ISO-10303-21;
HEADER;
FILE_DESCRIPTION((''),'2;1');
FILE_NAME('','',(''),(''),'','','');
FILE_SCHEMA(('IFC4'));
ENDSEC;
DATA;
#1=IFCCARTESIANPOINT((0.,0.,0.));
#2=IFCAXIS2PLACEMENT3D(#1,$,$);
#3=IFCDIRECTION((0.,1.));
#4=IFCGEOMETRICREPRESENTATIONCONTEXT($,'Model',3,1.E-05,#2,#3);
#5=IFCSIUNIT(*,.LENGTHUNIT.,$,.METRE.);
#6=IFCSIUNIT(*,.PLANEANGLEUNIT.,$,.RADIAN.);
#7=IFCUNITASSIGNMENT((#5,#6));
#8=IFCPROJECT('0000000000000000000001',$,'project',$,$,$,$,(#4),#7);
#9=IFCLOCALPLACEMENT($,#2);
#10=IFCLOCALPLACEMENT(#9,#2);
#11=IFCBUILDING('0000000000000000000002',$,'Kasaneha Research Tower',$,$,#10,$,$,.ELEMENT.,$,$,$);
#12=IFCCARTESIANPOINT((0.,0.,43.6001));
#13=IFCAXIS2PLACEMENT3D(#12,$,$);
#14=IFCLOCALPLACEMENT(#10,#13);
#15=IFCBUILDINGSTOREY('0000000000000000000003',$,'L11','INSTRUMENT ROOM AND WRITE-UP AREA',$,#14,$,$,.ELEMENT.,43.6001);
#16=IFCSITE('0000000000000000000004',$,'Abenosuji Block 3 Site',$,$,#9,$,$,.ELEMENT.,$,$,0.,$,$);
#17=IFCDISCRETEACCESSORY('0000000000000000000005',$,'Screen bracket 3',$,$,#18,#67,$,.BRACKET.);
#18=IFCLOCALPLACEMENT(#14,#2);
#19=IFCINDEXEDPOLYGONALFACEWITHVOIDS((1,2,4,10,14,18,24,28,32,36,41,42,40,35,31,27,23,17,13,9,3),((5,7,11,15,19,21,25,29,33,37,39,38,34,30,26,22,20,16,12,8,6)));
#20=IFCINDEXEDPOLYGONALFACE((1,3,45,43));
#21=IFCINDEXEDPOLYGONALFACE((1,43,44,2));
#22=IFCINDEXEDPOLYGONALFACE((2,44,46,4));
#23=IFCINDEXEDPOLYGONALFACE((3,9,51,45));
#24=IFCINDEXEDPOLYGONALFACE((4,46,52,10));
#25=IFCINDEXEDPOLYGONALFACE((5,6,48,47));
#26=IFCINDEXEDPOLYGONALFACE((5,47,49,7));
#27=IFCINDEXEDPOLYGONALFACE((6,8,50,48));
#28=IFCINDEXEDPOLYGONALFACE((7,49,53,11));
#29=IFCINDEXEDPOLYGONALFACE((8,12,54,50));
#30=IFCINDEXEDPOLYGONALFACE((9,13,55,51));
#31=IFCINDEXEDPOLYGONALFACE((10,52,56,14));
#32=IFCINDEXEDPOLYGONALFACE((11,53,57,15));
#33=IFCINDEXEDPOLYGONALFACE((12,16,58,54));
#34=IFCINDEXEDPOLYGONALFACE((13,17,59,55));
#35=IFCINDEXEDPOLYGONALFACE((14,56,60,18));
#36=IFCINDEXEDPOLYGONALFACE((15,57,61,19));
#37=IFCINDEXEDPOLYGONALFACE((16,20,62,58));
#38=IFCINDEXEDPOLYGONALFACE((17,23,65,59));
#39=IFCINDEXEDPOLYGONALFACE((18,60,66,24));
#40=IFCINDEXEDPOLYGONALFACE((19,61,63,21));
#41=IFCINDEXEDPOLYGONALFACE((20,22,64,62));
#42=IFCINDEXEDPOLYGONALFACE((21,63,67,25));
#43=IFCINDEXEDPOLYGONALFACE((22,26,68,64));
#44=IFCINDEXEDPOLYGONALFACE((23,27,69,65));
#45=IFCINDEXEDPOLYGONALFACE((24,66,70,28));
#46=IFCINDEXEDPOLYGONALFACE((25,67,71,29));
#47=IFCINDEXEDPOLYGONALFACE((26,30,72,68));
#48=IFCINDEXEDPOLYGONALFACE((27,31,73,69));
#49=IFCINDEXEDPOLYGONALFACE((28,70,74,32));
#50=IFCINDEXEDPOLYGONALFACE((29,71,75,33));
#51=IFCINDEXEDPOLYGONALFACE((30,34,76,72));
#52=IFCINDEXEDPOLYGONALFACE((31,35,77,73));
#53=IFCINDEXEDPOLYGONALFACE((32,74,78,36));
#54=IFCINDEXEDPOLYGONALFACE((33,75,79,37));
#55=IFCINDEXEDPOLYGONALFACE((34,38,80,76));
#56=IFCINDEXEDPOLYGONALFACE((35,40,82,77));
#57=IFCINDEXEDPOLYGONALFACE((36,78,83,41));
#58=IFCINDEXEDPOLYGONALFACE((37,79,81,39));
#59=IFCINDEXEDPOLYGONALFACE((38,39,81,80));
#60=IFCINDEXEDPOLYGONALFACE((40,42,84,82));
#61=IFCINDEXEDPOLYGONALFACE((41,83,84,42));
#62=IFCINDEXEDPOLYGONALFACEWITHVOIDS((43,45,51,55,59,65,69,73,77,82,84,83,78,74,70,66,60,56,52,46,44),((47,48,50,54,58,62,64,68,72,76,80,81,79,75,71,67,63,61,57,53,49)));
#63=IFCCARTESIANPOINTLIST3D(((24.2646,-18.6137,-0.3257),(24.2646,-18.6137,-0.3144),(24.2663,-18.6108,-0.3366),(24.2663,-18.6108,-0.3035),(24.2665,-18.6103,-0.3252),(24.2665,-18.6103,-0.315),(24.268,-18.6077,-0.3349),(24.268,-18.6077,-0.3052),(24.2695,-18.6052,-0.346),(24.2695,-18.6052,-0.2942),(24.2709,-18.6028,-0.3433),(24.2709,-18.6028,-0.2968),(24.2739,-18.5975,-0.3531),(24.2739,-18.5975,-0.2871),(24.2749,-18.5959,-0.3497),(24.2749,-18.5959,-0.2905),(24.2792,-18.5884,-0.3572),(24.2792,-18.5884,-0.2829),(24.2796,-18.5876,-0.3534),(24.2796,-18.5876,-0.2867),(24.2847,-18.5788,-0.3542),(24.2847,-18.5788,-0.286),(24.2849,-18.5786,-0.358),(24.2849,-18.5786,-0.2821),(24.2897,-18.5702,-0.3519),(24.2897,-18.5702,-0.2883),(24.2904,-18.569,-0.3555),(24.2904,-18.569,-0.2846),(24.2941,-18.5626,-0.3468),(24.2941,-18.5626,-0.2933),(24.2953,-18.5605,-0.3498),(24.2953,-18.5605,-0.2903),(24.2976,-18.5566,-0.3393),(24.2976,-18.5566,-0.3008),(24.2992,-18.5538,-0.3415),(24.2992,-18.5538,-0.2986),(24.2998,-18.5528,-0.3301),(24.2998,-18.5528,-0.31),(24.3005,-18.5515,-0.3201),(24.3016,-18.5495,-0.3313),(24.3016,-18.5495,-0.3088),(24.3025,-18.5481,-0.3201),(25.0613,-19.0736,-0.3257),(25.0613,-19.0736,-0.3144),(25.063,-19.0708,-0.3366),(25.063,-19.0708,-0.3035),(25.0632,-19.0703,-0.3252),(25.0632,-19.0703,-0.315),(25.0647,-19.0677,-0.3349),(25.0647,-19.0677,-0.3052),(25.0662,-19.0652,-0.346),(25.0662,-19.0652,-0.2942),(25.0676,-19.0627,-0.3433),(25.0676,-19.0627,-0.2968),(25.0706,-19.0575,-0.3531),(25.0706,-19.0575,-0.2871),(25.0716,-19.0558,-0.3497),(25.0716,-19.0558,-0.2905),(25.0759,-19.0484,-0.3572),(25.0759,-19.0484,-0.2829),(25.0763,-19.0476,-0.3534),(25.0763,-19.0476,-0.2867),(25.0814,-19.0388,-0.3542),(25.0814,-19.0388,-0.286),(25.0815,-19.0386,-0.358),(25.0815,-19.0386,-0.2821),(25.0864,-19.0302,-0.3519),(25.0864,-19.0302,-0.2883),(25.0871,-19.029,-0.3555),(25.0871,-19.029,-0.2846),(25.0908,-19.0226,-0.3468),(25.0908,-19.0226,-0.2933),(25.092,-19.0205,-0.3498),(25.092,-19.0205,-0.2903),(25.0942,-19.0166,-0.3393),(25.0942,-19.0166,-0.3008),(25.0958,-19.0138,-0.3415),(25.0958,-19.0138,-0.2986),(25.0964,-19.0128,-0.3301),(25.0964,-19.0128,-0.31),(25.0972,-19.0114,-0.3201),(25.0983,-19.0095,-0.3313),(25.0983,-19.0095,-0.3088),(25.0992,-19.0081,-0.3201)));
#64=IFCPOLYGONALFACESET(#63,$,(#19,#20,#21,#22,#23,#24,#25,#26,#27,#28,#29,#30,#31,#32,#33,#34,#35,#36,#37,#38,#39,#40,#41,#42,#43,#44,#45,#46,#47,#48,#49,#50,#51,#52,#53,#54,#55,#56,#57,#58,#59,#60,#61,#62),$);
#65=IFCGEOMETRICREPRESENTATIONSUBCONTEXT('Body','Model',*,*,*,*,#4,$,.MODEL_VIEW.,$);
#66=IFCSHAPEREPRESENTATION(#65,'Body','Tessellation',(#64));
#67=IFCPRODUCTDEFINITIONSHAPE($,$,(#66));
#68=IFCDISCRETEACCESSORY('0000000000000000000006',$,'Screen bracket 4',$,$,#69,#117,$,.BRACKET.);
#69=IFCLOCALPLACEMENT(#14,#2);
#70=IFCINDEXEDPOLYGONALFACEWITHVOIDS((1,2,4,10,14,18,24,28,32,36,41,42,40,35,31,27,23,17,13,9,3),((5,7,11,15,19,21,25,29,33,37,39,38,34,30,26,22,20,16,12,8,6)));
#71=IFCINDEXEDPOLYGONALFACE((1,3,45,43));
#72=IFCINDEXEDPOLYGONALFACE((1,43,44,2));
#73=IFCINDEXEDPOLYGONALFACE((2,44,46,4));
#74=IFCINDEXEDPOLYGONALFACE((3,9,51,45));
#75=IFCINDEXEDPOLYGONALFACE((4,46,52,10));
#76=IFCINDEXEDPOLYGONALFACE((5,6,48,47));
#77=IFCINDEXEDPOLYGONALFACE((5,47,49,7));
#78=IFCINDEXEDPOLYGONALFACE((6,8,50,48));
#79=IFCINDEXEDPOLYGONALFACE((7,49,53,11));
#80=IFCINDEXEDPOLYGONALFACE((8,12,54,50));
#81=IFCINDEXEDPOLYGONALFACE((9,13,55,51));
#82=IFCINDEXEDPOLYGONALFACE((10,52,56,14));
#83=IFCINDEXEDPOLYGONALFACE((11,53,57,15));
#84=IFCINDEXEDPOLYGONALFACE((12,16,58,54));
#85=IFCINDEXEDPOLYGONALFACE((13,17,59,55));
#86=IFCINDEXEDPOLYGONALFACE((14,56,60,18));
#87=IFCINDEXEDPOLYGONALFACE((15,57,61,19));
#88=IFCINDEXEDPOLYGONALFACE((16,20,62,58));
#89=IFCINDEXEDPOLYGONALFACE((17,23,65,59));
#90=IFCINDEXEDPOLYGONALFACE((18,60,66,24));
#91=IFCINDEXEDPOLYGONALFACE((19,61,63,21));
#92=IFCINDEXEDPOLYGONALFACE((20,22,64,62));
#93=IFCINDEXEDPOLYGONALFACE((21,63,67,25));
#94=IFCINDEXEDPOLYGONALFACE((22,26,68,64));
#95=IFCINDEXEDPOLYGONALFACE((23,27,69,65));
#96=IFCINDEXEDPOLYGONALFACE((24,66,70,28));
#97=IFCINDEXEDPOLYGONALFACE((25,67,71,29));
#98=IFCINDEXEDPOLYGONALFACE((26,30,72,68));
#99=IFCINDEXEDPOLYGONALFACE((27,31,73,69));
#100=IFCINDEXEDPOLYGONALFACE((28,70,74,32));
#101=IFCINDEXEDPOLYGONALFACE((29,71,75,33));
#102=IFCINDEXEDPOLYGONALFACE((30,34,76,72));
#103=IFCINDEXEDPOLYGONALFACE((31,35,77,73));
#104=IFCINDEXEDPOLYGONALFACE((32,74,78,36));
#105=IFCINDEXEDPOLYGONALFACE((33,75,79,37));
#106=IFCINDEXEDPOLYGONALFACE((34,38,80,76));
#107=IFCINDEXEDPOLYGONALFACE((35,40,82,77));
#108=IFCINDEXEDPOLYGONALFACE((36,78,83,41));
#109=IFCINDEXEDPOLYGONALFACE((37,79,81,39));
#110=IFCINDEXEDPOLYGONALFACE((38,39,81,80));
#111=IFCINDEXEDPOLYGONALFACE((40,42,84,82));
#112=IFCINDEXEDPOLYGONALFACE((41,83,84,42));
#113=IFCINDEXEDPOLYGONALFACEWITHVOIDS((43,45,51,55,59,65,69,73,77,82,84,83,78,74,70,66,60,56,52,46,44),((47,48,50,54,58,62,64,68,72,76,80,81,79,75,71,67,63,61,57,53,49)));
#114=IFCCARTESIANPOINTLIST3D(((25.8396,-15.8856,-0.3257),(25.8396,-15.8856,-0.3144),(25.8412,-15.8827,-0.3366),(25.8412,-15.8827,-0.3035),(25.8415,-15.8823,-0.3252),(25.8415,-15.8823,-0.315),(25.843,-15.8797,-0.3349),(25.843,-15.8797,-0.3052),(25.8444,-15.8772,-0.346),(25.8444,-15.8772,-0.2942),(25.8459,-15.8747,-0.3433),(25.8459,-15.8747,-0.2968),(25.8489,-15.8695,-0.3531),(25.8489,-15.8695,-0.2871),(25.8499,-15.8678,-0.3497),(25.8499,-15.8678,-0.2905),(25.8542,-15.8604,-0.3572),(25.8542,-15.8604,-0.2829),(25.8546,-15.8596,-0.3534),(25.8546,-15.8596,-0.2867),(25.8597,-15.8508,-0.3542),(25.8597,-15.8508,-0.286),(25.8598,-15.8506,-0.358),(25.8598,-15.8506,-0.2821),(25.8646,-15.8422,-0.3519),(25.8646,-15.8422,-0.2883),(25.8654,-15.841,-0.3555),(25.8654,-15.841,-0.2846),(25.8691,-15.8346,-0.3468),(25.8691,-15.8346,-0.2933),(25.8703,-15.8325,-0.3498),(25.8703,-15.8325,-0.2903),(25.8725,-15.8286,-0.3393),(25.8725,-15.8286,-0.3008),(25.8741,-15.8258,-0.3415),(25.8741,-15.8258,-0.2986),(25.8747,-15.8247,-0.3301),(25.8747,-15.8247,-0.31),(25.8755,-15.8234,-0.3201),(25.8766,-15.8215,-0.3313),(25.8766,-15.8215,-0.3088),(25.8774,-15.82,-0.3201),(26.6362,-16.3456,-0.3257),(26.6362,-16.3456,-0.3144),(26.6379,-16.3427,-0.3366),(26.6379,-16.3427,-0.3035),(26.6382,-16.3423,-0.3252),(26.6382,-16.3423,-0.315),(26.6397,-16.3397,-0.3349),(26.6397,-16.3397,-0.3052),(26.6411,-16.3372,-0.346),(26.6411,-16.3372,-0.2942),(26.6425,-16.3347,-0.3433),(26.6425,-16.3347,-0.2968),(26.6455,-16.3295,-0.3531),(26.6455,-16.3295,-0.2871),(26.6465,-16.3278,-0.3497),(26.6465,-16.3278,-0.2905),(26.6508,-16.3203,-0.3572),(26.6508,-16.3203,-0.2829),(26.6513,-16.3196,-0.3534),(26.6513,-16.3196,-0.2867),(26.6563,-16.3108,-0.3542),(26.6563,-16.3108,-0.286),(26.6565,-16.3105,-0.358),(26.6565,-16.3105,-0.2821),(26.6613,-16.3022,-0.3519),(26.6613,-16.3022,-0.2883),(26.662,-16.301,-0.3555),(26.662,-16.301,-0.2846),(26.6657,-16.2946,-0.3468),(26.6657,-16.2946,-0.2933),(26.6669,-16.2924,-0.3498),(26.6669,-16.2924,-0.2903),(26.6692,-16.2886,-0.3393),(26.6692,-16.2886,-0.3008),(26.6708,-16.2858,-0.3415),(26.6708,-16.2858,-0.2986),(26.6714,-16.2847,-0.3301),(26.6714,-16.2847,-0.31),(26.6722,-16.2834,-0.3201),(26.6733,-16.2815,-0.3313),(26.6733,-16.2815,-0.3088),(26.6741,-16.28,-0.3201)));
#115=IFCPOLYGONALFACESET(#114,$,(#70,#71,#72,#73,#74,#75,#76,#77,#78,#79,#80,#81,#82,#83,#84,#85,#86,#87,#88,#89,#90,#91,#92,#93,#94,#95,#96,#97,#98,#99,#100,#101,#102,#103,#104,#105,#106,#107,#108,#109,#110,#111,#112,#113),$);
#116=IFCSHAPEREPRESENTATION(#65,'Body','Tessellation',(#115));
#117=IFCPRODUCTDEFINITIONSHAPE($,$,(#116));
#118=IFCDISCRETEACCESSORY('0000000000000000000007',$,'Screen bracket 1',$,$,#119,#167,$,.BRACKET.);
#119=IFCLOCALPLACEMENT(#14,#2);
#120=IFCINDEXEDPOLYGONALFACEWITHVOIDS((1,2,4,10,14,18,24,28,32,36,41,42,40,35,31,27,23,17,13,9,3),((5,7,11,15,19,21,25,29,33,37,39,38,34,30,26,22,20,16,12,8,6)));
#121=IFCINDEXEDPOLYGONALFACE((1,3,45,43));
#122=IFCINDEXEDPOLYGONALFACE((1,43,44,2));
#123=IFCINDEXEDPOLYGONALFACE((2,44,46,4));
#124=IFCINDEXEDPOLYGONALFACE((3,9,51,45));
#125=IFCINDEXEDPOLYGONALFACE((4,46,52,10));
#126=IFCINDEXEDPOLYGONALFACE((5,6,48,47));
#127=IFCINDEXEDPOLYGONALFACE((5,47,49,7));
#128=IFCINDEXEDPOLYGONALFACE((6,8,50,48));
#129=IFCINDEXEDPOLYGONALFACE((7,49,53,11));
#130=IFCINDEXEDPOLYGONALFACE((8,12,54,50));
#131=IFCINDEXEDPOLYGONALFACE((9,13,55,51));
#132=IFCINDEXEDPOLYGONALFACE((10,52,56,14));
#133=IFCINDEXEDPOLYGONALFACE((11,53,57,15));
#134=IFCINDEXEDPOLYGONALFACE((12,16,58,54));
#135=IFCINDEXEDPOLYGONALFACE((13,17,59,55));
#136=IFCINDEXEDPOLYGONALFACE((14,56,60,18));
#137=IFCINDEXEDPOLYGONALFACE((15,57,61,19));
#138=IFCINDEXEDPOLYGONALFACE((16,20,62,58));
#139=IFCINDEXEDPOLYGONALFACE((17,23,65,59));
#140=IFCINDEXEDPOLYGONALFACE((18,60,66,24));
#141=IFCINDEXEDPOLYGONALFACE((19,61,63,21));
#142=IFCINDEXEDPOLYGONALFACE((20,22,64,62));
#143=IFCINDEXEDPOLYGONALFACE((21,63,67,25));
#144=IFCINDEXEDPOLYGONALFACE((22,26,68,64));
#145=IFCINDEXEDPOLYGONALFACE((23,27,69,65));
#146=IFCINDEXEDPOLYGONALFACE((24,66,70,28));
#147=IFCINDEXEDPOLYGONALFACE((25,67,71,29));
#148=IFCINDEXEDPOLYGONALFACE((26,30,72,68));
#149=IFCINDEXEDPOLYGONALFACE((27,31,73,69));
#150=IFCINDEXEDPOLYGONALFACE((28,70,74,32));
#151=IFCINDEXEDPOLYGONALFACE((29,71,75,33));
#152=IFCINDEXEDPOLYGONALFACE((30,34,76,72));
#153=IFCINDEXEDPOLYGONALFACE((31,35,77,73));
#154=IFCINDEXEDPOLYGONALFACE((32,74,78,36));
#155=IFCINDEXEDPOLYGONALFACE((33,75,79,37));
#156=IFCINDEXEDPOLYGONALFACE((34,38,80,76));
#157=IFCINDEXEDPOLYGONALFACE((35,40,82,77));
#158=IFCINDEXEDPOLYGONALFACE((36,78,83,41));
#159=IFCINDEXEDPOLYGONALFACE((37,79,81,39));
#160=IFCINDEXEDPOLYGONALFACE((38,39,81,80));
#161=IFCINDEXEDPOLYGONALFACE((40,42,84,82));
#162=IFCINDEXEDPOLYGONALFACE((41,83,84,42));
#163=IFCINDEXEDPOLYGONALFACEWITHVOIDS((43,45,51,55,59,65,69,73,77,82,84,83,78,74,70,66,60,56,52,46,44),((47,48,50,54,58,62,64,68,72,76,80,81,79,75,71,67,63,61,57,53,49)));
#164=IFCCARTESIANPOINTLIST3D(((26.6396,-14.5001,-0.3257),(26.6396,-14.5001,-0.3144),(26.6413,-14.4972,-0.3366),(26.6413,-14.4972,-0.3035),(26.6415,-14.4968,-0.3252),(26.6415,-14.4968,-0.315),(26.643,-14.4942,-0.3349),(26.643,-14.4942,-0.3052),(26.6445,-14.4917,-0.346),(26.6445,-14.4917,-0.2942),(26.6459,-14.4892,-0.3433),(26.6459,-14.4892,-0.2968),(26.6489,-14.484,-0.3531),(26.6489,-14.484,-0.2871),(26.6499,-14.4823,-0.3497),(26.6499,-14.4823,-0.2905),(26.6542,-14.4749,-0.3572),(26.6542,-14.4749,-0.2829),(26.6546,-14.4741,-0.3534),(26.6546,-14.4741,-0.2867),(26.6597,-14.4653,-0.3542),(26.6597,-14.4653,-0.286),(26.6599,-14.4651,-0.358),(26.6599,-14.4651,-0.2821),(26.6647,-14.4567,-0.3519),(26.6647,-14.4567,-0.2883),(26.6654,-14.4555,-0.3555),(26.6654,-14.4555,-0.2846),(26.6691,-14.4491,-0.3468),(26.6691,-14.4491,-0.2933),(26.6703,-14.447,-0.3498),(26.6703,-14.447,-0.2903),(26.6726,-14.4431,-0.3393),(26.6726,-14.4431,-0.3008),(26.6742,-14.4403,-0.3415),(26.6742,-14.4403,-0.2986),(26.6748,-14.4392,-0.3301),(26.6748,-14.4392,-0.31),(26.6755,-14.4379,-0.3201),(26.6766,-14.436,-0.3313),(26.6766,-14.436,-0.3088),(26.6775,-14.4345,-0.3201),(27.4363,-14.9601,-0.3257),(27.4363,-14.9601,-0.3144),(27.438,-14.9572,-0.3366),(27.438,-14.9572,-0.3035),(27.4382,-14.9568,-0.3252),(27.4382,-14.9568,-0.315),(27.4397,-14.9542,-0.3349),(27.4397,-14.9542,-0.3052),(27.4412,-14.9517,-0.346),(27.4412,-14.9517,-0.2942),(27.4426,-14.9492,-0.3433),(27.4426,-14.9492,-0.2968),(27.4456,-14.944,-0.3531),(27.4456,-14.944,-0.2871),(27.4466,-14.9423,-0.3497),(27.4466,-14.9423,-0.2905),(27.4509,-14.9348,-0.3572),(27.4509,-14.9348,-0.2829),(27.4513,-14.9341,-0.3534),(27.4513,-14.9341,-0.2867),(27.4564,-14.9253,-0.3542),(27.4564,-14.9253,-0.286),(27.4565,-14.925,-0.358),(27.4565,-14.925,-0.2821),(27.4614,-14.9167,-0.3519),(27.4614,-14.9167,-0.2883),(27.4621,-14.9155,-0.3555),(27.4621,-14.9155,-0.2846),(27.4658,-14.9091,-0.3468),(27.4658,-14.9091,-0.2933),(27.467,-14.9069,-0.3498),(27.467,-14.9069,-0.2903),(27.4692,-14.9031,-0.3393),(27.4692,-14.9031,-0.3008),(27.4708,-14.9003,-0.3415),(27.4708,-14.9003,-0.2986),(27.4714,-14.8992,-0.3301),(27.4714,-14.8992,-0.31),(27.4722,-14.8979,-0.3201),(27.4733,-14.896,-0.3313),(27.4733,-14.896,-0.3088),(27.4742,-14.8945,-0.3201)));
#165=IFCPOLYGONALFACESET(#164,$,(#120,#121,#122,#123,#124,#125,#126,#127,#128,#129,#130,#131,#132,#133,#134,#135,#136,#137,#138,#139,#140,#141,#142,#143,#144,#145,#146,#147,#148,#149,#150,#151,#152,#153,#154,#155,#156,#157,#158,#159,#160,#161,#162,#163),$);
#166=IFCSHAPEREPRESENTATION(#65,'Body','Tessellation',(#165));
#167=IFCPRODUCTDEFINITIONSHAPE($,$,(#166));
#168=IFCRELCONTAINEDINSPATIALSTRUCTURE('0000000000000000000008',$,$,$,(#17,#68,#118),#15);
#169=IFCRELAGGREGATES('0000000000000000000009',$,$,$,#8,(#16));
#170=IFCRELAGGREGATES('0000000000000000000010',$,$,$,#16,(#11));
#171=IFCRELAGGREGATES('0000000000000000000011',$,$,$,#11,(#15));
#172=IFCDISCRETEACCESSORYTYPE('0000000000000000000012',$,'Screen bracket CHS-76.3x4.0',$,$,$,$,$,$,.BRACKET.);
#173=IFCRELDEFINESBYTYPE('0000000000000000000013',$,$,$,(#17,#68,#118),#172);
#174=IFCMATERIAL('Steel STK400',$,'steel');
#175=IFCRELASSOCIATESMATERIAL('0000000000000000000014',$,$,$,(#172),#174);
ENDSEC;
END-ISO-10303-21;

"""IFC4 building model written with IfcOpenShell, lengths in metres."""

from ifc_helpers import new_model, si_unit, direction, frame, origin, origin_2d, place, context, subcontext, project, spatial, hollow_circle, extrude, material, material_profile, profile_set, type_object, element, save


model = new_model("IFC4")

# Units and contexts
model_context = context("Model", 3, precision=1e-05, world=origin(), true_north=direction((0.0, 1.0)))
body_context = subcontext(model_context, "Body", "Model", "MODEL_VIEW")
ifc_project = project(units=[si_unit("LENGTHUNIT", "METRE"), si_unit("PLANEANGLEUNIT", "RADIAN")], contexts=[model_context])

# Site, building, storey
site_placement = place(None, origin())
site = spatial("IfcSite", under=ifc_project, at=site_placement, Name="Abenosuji Block 3 Site", CompositionType="ELEMENT", RefElevation=0.0)
building_placement = place(site_placement, origin())
building = spatial("IfcBuilding", under=site, at=building_placement, Name="Kasaneha Research Tower", CompositionType="ELEMENT")
storey_placement = place(building_placement, frame((0.0, 0.0, 43.6001)))
storey = spatial("IfcBuildingStorey", under=building, at=storey_placement, Name="L11", Description="INSTRUMENT ROOM AND WRITE-UP AREA", CompositionType="ELEMENT", Elevation=43.6001)

# Discrete accessories
ifc_material_1 = material(Name="Steel STK400", Category="steel")
ifc_material_profile_1 = material_profile(ifc_material_1, hollow_circle(Radius=0.0381, WallThickness=0.0039, at=origin_2d()), Name="CHS-76.3x4.0")
ifc_profile_set_1 = profile_set([ifc_material_profile_1], Name="Steel STK400")
discrete_accessory_type = type_object("IfcDiscreteAccessoryType", Name="Screen bracket CHS-76.3x4.0", PredefinedType="BRACKET", material=ifc_profile_set_1)
for number, where, z_axis, x_axis, name in (
    (1, (24.2834, -18.5811, -0.3201), (0.866013, -0.500021, 0.0), (0.500021, 0.866013, 0.0), "Screen bracket 3"),
    (2, (25.8584, -15.853, -0.3201), (0.866013, -0.500021, 0.0), (0.500021, 0.866013, 0.0), "Screen bracket 4"),
    (3, (26.6584, -14.4675, -0.3201), (0.866013, -0.500021, 0.0), (0.500021, 0.866013, 0.0), "Screen bracket 1"),
):
    element("IfcDiscreteAccessory", number, at=place(storey_placement, frame(where, z_axis=z_axis, x_axis=x_axis)), inside=storey, type_object=discrete_accessory_type, Name=name, PredefinedType="BRACKET", context=body_context, shape_type="SweptSolid", body=[
        extrude(hollow_circle(Radius=0.0381, WallThickness=0.0039, at=origin_2d()), origin(), (0.0, 0.0, 1.0), 0.9199),
    ])

save(model, "model.ifc")
